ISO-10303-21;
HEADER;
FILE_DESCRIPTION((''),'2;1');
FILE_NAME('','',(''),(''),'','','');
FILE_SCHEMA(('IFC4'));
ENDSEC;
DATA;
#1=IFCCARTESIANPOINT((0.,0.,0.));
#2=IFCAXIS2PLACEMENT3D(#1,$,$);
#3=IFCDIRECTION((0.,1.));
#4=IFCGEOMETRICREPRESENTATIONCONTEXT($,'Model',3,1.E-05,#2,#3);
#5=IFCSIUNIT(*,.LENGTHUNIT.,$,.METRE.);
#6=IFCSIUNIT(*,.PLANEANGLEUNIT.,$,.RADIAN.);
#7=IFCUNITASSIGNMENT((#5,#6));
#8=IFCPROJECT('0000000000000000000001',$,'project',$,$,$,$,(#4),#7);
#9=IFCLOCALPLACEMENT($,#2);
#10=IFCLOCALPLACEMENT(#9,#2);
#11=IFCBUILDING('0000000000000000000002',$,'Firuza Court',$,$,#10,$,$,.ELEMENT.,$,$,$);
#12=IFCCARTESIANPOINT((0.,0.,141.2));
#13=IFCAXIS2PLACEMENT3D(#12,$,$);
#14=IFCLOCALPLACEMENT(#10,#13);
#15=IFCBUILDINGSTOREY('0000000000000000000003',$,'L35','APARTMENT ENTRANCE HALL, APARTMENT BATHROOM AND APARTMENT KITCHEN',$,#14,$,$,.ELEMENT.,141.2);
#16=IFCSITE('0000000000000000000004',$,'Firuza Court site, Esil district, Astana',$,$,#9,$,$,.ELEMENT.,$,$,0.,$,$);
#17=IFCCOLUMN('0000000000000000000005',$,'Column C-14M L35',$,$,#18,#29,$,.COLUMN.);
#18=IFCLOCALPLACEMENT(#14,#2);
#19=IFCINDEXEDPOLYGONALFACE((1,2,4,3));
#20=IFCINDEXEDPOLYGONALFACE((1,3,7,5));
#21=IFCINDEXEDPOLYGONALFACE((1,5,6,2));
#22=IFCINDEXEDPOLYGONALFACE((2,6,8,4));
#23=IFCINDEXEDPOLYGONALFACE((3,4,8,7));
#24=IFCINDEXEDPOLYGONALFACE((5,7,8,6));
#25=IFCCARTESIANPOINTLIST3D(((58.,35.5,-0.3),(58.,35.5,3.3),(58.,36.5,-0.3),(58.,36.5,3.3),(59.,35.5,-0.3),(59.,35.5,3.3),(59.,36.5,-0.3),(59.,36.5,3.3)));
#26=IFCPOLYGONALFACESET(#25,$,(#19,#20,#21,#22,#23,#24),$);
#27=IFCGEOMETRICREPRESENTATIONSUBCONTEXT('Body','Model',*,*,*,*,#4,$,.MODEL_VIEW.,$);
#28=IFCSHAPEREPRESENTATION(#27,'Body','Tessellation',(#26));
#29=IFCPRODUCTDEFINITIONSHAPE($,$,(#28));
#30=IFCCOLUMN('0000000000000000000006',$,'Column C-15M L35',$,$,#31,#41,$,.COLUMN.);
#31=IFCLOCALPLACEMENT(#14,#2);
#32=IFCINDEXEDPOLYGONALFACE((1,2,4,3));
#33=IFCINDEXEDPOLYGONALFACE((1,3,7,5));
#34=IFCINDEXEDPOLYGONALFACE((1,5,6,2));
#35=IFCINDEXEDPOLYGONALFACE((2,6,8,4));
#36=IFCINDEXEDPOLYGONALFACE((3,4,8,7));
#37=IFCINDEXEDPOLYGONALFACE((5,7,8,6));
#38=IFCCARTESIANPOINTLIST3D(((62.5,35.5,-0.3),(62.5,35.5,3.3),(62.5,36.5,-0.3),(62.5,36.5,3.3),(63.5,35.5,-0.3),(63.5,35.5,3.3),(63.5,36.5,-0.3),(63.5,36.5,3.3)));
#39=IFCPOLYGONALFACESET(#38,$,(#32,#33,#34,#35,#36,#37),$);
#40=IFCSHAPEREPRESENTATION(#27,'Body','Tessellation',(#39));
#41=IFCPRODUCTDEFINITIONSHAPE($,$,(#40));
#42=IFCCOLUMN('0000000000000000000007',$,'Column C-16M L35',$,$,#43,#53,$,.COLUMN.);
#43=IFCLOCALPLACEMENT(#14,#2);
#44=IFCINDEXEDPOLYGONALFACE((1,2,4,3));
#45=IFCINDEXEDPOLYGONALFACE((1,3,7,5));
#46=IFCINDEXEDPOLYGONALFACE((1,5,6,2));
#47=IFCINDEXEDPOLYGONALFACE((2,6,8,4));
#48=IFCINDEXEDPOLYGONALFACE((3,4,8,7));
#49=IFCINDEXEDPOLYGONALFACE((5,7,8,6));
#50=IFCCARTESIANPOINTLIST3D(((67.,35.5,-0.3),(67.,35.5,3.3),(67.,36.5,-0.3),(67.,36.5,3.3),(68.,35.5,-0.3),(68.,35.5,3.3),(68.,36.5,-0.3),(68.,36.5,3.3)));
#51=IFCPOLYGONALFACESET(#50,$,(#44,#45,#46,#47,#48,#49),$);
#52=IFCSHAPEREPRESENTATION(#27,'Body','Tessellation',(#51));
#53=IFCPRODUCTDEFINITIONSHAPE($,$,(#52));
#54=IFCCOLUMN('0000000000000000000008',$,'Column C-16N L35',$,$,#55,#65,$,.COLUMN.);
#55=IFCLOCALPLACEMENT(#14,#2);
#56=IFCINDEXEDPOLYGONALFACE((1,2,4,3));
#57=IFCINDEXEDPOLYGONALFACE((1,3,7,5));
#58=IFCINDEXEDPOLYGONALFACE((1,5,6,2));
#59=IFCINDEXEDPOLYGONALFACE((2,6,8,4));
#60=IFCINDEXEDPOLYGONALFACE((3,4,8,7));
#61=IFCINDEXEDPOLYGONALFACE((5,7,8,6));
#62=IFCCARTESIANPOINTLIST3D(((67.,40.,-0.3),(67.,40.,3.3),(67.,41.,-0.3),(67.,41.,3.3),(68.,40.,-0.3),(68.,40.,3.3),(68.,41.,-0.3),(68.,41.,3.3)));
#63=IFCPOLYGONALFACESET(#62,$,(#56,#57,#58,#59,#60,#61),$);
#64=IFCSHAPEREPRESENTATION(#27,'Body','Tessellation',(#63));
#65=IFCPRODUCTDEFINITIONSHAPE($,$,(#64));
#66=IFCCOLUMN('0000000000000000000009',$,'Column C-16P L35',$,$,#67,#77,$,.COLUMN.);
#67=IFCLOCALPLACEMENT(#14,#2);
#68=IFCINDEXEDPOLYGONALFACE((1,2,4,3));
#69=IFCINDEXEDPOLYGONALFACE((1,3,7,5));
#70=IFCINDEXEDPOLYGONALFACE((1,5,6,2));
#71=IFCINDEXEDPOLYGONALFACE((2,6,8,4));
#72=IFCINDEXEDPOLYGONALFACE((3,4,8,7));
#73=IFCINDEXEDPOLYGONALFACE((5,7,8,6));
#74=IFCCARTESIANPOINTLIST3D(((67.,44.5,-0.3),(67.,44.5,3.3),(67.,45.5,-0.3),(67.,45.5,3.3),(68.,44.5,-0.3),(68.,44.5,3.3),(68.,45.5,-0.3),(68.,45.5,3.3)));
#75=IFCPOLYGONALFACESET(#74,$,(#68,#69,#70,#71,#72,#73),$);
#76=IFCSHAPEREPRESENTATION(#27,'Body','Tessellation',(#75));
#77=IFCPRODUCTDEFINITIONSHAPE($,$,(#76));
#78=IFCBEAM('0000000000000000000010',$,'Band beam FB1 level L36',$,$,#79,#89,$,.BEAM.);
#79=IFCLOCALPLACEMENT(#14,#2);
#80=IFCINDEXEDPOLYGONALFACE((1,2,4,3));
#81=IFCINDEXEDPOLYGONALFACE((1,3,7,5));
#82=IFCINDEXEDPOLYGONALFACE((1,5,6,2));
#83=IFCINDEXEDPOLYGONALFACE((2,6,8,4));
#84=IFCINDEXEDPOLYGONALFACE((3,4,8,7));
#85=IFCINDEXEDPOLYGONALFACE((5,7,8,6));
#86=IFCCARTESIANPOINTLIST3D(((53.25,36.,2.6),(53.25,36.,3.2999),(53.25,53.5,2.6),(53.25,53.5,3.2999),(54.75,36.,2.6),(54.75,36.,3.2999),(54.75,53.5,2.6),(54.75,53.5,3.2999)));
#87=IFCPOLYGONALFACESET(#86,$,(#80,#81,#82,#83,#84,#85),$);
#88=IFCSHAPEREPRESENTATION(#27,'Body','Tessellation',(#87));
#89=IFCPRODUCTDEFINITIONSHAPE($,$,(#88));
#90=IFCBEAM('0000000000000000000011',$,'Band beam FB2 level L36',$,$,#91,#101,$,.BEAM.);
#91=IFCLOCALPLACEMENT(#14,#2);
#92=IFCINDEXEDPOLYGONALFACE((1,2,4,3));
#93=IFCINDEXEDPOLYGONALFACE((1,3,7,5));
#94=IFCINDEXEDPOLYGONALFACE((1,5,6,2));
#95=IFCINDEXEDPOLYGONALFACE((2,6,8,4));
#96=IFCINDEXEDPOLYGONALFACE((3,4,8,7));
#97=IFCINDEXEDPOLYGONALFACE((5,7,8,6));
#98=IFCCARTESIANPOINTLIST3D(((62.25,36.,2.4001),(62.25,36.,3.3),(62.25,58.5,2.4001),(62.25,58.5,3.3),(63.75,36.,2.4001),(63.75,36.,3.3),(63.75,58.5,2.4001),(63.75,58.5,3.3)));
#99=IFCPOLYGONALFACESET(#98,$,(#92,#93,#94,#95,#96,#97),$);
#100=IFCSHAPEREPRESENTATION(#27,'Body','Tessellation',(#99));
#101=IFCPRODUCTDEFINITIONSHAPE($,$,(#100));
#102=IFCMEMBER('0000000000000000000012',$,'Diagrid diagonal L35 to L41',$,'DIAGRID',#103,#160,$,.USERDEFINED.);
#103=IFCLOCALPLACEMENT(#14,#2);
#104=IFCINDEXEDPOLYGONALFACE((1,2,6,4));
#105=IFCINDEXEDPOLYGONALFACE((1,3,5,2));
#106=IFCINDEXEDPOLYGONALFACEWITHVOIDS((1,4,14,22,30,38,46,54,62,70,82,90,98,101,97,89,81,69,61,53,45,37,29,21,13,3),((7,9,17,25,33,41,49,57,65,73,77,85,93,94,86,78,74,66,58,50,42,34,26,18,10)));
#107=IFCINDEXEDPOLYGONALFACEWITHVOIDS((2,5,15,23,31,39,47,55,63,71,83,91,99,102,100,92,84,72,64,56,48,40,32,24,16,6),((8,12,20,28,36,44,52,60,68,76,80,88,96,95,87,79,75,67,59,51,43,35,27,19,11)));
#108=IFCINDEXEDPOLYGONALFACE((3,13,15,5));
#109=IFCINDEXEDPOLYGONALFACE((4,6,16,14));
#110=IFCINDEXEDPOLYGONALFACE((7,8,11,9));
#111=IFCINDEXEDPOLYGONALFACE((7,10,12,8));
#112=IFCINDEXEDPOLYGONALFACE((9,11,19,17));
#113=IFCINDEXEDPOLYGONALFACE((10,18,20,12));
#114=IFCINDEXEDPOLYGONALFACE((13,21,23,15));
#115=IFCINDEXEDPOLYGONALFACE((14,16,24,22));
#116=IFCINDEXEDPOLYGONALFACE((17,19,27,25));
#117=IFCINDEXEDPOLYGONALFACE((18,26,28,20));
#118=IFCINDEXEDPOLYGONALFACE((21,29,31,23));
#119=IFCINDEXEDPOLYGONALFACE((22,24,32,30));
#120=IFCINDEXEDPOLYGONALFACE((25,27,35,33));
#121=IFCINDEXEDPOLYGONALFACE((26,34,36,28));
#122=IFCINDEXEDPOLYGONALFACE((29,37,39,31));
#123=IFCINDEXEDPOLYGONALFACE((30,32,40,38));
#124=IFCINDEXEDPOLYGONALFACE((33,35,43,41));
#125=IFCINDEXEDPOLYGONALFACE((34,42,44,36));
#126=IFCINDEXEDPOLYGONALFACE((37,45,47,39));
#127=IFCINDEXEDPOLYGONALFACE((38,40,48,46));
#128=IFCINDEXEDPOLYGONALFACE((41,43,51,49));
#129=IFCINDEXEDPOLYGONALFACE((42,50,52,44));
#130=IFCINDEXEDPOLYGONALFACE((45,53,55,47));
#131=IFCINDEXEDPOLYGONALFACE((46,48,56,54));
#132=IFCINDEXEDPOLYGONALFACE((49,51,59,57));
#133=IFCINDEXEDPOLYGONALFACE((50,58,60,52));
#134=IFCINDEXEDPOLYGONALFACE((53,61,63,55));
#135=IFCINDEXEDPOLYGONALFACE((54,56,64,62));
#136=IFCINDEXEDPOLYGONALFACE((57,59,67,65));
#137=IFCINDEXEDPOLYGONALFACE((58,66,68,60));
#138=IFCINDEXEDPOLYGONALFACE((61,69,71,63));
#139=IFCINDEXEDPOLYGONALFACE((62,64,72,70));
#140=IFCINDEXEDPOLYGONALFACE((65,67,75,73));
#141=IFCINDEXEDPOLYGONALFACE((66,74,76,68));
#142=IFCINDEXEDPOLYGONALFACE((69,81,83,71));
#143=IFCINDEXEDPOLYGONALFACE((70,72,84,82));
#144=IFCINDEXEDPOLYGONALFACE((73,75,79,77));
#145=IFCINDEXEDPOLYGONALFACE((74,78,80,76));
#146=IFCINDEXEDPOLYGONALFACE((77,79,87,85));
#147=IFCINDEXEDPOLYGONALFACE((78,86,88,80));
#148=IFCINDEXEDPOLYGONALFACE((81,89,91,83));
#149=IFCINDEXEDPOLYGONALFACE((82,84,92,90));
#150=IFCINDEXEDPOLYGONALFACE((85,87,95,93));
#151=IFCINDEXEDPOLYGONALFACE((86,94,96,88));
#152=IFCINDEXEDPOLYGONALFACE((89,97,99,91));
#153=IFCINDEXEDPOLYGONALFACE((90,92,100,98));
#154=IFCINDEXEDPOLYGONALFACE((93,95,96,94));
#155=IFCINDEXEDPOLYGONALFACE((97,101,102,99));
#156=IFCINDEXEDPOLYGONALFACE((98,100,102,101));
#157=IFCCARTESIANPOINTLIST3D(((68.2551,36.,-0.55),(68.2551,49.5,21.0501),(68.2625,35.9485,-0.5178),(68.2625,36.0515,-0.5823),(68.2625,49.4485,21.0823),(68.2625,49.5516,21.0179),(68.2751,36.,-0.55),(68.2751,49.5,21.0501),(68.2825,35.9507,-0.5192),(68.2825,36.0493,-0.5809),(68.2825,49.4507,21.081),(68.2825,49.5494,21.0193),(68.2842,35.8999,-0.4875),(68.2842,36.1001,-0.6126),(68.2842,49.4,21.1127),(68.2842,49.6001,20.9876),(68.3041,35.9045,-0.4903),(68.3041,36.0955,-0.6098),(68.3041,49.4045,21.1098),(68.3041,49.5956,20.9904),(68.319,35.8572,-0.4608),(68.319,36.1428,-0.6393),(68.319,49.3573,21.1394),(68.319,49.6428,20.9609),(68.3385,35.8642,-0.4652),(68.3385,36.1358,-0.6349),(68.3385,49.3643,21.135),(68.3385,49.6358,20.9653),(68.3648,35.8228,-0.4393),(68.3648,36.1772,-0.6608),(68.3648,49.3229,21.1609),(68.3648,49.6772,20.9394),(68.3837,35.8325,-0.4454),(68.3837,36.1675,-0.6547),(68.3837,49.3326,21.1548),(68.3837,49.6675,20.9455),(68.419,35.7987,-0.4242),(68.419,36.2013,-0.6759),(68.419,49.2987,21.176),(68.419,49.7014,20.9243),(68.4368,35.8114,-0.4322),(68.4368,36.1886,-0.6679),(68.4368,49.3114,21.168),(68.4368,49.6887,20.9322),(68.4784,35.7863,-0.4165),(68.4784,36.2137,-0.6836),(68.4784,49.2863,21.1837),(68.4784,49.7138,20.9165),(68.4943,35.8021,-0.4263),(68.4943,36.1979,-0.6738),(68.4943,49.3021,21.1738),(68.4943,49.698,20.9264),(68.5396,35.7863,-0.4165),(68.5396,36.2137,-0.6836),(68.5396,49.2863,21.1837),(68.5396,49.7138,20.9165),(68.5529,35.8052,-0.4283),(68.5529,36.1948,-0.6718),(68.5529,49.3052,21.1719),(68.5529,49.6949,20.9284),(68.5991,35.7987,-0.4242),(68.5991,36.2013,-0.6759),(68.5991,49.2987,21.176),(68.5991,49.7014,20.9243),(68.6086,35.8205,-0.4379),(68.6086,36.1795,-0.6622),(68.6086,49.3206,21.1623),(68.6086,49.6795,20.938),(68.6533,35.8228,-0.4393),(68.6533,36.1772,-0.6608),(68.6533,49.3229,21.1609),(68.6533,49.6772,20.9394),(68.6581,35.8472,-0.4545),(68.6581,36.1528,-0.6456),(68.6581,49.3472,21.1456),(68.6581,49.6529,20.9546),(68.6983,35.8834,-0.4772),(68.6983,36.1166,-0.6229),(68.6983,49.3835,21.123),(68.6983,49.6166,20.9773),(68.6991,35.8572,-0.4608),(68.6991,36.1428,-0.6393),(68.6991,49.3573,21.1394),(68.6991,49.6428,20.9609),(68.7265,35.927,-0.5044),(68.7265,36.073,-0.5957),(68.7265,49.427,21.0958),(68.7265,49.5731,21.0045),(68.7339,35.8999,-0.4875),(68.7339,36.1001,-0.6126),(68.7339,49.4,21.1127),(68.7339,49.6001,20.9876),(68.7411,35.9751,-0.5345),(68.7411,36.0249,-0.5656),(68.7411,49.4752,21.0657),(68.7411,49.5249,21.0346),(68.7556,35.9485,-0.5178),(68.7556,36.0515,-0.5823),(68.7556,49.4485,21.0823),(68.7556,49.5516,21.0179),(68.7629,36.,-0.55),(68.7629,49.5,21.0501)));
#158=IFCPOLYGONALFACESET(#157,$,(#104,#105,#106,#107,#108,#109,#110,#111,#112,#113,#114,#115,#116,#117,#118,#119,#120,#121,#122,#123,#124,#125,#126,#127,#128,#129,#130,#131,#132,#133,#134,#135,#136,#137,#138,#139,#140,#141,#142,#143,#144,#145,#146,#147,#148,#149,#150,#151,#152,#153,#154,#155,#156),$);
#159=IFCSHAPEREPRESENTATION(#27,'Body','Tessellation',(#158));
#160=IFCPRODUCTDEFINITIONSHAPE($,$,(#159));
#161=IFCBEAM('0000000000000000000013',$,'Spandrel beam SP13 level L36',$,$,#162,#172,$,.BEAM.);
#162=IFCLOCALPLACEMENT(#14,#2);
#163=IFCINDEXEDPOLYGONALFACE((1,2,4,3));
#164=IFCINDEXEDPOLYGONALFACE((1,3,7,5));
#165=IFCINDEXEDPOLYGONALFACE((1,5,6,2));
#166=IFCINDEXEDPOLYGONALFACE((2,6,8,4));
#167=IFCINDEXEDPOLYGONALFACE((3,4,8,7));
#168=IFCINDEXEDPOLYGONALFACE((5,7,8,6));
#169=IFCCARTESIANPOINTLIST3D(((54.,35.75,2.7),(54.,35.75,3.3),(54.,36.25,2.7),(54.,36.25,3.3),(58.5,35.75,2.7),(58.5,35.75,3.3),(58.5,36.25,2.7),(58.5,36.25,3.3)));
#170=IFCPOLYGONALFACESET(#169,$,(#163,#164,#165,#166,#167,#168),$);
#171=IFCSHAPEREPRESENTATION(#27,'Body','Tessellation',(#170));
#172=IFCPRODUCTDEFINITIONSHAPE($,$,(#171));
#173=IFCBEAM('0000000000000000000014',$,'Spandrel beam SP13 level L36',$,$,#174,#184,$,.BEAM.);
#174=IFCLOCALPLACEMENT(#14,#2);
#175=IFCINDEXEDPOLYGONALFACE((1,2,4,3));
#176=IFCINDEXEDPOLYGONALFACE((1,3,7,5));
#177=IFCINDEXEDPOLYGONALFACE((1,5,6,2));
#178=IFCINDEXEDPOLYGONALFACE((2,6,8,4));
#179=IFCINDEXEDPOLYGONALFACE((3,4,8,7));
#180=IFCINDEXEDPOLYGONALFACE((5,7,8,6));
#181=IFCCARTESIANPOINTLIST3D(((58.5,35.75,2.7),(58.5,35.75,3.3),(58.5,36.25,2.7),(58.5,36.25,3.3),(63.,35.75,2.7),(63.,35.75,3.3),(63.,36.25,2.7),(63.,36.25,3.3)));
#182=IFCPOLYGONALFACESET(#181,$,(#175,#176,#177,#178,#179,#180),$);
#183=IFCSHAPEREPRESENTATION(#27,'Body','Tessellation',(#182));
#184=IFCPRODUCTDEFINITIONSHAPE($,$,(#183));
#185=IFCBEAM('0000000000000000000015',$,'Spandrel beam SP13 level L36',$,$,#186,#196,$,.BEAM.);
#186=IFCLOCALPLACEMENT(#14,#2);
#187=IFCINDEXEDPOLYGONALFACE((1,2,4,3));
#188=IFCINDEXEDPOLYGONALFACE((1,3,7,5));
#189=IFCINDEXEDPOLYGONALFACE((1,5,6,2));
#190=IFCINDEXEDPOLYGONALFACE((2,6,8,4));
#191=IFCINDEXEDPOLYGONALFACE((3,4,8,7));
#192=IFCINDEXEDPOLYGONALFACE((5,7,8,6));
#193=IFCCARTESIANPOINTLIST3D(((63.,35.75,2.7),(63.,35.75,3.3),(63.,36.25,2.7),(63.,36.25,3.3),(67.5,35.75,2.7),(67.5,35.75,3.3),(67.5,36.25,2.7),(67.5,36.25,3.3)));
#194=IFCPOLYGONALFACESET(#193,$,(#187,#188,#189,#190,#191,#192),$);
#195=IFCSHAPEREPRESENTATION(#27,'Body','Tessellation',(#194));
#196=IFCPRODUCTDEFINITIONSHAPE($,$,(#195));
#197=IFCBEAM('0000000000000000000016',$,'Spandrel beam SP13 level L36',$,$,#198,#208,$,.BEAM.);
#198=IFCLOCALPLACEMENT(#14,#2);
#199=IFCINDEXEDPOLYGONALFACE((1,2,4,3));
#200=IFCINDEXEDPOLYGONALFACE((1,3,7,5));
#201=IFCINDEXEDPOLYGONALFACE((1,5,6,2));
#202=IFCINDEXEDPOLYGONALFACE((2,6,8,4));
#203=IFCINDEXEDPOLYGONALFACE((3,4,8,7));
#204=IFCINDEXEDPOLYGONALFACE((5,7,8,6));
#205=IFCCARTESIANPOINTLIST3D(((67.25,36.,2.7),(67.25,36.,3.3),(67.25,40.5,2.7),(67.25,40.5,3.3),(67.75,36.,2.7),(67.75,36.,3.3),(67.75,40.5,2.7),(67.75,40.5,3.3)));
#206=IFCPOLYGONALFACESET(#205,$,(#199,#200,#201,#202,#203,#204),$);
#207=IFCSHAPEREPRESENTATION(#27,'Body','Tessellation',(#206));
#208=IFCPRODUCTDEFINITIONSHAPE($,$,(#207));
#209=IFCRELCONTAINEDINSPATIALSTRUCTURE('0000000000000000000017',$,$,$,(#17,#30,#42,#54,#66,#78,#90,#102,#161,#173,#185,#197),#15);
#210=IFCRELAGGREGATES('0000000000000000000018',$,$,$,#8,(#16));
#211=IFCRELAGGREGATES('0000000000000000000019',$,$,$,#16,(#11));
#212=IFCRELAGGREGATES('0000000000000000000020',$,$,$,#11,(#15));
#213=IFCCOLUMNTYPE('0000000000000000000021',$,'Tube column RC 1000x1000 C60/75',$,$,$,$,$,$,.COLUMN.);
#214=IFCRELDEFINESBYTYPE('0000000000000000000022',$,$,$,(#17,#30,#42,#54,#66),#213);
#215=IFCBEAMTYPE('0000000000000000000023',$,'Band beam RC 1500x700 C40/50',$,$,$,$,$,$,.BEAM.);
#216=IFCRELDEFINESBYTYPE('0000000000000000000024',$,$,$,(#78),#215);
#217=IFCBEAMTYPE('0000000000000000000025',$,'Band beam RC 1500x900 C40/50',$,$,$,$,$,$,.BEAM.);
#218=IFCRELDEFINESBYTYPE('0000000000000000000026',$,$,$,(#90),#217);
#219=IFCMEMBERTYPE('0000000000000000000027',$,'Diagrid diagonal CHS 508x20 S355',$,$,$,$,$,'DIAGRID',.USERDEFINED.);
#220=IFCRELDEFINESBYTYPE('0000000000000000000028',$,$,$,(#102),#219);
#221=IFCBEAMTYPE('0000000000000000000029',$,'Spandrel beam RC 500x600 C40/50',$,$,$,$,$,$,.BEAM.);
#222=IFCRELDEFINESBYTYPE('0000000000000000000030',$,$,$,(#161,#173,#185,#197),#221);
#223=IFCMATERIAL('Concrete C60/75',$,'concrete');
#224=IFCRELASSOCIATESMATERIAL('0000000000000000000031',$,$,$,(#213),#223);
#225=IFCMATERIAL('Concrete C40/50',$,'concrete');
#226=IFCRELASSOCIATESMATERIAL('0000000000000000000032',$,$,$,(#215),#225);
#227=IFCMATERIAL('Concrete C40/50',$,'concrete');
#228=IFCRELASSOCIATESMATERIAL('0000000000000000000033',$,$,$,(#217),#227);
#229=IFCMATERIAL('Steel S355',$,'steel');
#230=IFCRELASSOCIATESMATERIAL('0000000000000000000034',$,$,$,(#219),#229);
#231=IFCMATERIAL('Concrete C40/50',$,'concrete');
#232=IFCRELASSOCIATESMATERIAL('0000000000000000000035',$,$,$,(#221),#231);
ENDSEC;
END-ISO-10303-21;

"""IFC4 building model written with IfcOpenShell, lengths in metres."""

from ifc_helpers import new_model, si_unit, direction, frame, origin, origin_2d, place, context, subcontext, project, spatial, rectangle, hollow_circle, extrude, material, material_profile, profile_set, type_object, element, save


model = new_model("IFC4")

# Units and contexts
model_context = context("Model", 3, precision=1e-05, world=origin(), true_north=direction((0.0, 1.0)))
body_context = subcontext(model_context, "Body", "Model", "MODEL_VIEW")
ifc_project = project(units=[si_unit("LENGTHUNIT", "METRE"), si_unit("PLANEANGLEUNIT", "RADIAN")], contexts=[model_context])

# Site, building, storey
site_placement = place(None, origin())
site = spatial("IfcSite", under=ifc_project, at=site_placement, Name="Firuza Court site, Esil district, Astana", CompositionType="ELEMENT", RefElevation=0.0)
building_placement = place(site_placement, origin())
building = spatial("IfcBuilding", under=site, at=building_placement, Name="Firuza Court", CompositionType="ELEMENT")
storey_placement = place(building_placement, frame((0.0, 0.0, 141.2)))
storey = spatial("IfcBuildingStorey", under=building, at=storey_placement, Name="L35", Description="APARTMENT ENTRANCE HALL, APARTMENT BATHROOM AND APARTMENT KITCHEN", CompositionType="ELEMENT", Elevation=141.2)

# Columns
ifc_material_1 = material(Name="Concrete C60/75", Category="concrete")
ifc_material_profile_1 = material_profile(ifc_material_1, rectangle(XDim=1.0, YDim=1.0, at=origin_2d()), Name="RC 1000x1000")
ifc_profile_set_1 = profile_set([ifc_material_profile_1], Name="Concrete C60/75")
column_type = type_object("IfcColumnType", Name="Tube column RC 1000x1000 C60/75", PredefinedType="COLUMN", material=ifc_profile_set_1)
for number, where, z_axis, x_axis, name in (
    (1, (58.5, 36.0, -0.3), (0.0, 0.0, 1.0), (1.0, 0.0, 0.0), "Column C-14M L35"),
    (2, (63.0, 36.0, -0.3), (0.0, 0.0, 1.0), (1.0, 0.0, 0.0), "Column C-15M L35"),
    (3, (67.5, 36.0, -0.3), (0.0, 0.0, 1.0), (1.0, 0.0, 0.0), "Column C-16M L35"),
    (4, (67.5, 40.5, -0.3), (0.0, 0.0, 1.0), (1.0, 0.0, 0.0), "Column C-16N L35"),
    (5, (67.5, 45.0, -0.3), (0.0, 0.0, 1.0), (1.0, 0.0, 0.0), "Column C-16P L35"),
):
    element("IfcColumn", number, at=place(storey_placement, frame(where, z_axis=z_axis, x_axis=x_axis)), inside=storey, type_object=column_type, Name=name, PredefinedType="COLUMN", context=body_context, shape_type="SweptSolid", body=[
        extrude(rectangle(XDim=1.0, YDim=1.0, at=origin_2d()), origin(), (0.0, 0.0, 1.0), 3.6001),
    ])

# Beams
ifc_material_2 = material(Name="Concrete C40/50", Category="concrete")
ifc_material_profile_2 = material_profile(ifc_material_2, rectangle(XDim=1.5, YDim=0.7, at=origin_2d()), Name="RC 1500x700")
ifc_profile_set_2 = profile_set([ifc_material_profile_2], Name="Concrete C40/50")
beam_type_1 = type_object("IfcBeamType", Name="Band beam RC 1500x700 C40/50", PredefinedType="BEAM", material=ifc_profile_set_2)
beam_1_placement = place(storey_placement, frame((54.0, 36.0, 2.95), z_axis=(0.0, 1.0, 0.0), x_axis=(-1.0, 0.0, 0.0)))
element("IfcBeam", 6, at=beam_1_placement, inside=storey, type_object=beam_type_1, Name="Band beam FB1 level L36", PredefinedType="BEAM", context=body_context, shape_type="SweptSolid", body=[
    extrude(rectangle(XDim=1.5, YDim=0.7, at=origin_2d()), origin(), (0.0, 0.0, 1.0), 17.5),
])
ifc_material_3 = material(Name="Concrete C40/50", Category="concrete")
ifc_material_profile_3 = material_profile(ifc_material_3, rectangle(XDim=1.5, YDim=0.8999, at=origin_2d()), Name="RC 1500x900")
ifc_profile_set_3 = profile_set([ifc_material_profile_3], Name="Concrete C40/50")
beam_type_2 = type_object("IfcBeamType", Name="Band beam RC 1500x900 C40/50", PredefinedType="BEAM", material=ifc_profile_set_3)
beam_2_placement = place(storey_placement, frame((63.0, 36.0, 2.8501), z_axis=(0.0, 1.0, 0.0), x_axis=(-1.0, 0.0, 0.0)))
element("IfcBeam", 7, at=beam_2_placement, inside=storey, type_object=beam_type_2, Name="Band beam FB2 level L36", PredefinedType="BEAM", context=body_context, shape_type="SweptSolid", body=[
    extrude(rectangle(XDim=1.5, YDim=0.8999, at=origin_2d()), origin(), (0.0, 0.0, 1.0), 22.5),
])

# Member
ifc_material_4 = material(Name="Steel S355", Category="steel")
ifc_material_profile_4 = material_profile(ifc_material_4, hollow_circle(Radius=0.2539, WallThickness=0.02, at=origin_2d()), Name="CHS 508x20")
ifc_profile_set_4 = profile_set([ifc_material_profile_4], Name="Steel S355")
member_type = type_object("IfcMemberType", Name="Diagrid diagonal CHS 508x20 S355", ElementType="DIAGRID", PredefinedType="USERDEFINED", material=ifc_profile_set_4)
member_placement = place(storey_placement, frame((68.509, 36.0, -0.55), z_axis=(0.0, 0.529997, 0.847999), x_axis=(-1.0, 0.0, 0.0)))
element("IfcMember", 8, at=member_placement, inside=storey, type_object=member_type, Name="Diagrid diagonal L35 to L41", ObjectType="DIAGRID", PredefinedType="USERDEFINED", context=body_context, shape_type="SweptSolid", body=[
    extrude(hollow_circle(Radius=0.2539, WallThickness=0.02, at=origin_2d()), origin(), (0.0, 0.0, 1.0), 25.4719),
])

# Beams
ifc_material_5 = material(Name="Concrete C40/50", Category="concrete")
ifc_material_profile_5 = material_profile(ifc_material_5, rectangle(XDim=0.5, YDim=0.6001, at=origin_2d()), Name="RC 500x600")
ifc_profile_set_5 = profile_set([ifc_material_profile_5], Name="Concrete C40/50")
beam_type_3 = type_object("IfcBeamType", Name="Spandrel beam RC 500x600 C40/50", PredefinedType="BEAM", material=ifc_profile_set_5)
for number, where, z_axis, x_axis, name in (
    (9, (54.0, 36.0, 3.0), (1.0, 0.0, 0.0), (0.0, 1.0, 0.0), "Spandrel beam SP13 level L36"),
    (10, (58.5, 36.0, 3.0), (1.0, 0.0, 0.0), (0.0, 1.0, 0.0), "Spandrel beam SP13 level L36"),
    (11, (63.0, 36.0, 3.0), (1.0, 0.0, 0.0), (0.0, 1.0, 0.0), "Spandrel beam SP13 level L36"),
    (12, (67.5, 36.0, 3.0), (0.0, 1.0, 0.0), (-1.0, 0.0, 0.0), "Spandrel beam SP13 level L36"),
):
    element("IfcBeam", number, at=place(storey_placement, frame(where, z_axis=z_axis, x_axis=x_axis)), inside=storey, type_object=beam_type_3, Name=name, PredefinedType="BEAM", context=body_context, shape_type="SweptSolid", body=[
        extrude(rectangle(XDim=0.5, YDim=0.6001, at=origin_2d()), origin(), (0.0, 0.0, 1.0), 4.5),
    ])

save(model, "model.ifc")
